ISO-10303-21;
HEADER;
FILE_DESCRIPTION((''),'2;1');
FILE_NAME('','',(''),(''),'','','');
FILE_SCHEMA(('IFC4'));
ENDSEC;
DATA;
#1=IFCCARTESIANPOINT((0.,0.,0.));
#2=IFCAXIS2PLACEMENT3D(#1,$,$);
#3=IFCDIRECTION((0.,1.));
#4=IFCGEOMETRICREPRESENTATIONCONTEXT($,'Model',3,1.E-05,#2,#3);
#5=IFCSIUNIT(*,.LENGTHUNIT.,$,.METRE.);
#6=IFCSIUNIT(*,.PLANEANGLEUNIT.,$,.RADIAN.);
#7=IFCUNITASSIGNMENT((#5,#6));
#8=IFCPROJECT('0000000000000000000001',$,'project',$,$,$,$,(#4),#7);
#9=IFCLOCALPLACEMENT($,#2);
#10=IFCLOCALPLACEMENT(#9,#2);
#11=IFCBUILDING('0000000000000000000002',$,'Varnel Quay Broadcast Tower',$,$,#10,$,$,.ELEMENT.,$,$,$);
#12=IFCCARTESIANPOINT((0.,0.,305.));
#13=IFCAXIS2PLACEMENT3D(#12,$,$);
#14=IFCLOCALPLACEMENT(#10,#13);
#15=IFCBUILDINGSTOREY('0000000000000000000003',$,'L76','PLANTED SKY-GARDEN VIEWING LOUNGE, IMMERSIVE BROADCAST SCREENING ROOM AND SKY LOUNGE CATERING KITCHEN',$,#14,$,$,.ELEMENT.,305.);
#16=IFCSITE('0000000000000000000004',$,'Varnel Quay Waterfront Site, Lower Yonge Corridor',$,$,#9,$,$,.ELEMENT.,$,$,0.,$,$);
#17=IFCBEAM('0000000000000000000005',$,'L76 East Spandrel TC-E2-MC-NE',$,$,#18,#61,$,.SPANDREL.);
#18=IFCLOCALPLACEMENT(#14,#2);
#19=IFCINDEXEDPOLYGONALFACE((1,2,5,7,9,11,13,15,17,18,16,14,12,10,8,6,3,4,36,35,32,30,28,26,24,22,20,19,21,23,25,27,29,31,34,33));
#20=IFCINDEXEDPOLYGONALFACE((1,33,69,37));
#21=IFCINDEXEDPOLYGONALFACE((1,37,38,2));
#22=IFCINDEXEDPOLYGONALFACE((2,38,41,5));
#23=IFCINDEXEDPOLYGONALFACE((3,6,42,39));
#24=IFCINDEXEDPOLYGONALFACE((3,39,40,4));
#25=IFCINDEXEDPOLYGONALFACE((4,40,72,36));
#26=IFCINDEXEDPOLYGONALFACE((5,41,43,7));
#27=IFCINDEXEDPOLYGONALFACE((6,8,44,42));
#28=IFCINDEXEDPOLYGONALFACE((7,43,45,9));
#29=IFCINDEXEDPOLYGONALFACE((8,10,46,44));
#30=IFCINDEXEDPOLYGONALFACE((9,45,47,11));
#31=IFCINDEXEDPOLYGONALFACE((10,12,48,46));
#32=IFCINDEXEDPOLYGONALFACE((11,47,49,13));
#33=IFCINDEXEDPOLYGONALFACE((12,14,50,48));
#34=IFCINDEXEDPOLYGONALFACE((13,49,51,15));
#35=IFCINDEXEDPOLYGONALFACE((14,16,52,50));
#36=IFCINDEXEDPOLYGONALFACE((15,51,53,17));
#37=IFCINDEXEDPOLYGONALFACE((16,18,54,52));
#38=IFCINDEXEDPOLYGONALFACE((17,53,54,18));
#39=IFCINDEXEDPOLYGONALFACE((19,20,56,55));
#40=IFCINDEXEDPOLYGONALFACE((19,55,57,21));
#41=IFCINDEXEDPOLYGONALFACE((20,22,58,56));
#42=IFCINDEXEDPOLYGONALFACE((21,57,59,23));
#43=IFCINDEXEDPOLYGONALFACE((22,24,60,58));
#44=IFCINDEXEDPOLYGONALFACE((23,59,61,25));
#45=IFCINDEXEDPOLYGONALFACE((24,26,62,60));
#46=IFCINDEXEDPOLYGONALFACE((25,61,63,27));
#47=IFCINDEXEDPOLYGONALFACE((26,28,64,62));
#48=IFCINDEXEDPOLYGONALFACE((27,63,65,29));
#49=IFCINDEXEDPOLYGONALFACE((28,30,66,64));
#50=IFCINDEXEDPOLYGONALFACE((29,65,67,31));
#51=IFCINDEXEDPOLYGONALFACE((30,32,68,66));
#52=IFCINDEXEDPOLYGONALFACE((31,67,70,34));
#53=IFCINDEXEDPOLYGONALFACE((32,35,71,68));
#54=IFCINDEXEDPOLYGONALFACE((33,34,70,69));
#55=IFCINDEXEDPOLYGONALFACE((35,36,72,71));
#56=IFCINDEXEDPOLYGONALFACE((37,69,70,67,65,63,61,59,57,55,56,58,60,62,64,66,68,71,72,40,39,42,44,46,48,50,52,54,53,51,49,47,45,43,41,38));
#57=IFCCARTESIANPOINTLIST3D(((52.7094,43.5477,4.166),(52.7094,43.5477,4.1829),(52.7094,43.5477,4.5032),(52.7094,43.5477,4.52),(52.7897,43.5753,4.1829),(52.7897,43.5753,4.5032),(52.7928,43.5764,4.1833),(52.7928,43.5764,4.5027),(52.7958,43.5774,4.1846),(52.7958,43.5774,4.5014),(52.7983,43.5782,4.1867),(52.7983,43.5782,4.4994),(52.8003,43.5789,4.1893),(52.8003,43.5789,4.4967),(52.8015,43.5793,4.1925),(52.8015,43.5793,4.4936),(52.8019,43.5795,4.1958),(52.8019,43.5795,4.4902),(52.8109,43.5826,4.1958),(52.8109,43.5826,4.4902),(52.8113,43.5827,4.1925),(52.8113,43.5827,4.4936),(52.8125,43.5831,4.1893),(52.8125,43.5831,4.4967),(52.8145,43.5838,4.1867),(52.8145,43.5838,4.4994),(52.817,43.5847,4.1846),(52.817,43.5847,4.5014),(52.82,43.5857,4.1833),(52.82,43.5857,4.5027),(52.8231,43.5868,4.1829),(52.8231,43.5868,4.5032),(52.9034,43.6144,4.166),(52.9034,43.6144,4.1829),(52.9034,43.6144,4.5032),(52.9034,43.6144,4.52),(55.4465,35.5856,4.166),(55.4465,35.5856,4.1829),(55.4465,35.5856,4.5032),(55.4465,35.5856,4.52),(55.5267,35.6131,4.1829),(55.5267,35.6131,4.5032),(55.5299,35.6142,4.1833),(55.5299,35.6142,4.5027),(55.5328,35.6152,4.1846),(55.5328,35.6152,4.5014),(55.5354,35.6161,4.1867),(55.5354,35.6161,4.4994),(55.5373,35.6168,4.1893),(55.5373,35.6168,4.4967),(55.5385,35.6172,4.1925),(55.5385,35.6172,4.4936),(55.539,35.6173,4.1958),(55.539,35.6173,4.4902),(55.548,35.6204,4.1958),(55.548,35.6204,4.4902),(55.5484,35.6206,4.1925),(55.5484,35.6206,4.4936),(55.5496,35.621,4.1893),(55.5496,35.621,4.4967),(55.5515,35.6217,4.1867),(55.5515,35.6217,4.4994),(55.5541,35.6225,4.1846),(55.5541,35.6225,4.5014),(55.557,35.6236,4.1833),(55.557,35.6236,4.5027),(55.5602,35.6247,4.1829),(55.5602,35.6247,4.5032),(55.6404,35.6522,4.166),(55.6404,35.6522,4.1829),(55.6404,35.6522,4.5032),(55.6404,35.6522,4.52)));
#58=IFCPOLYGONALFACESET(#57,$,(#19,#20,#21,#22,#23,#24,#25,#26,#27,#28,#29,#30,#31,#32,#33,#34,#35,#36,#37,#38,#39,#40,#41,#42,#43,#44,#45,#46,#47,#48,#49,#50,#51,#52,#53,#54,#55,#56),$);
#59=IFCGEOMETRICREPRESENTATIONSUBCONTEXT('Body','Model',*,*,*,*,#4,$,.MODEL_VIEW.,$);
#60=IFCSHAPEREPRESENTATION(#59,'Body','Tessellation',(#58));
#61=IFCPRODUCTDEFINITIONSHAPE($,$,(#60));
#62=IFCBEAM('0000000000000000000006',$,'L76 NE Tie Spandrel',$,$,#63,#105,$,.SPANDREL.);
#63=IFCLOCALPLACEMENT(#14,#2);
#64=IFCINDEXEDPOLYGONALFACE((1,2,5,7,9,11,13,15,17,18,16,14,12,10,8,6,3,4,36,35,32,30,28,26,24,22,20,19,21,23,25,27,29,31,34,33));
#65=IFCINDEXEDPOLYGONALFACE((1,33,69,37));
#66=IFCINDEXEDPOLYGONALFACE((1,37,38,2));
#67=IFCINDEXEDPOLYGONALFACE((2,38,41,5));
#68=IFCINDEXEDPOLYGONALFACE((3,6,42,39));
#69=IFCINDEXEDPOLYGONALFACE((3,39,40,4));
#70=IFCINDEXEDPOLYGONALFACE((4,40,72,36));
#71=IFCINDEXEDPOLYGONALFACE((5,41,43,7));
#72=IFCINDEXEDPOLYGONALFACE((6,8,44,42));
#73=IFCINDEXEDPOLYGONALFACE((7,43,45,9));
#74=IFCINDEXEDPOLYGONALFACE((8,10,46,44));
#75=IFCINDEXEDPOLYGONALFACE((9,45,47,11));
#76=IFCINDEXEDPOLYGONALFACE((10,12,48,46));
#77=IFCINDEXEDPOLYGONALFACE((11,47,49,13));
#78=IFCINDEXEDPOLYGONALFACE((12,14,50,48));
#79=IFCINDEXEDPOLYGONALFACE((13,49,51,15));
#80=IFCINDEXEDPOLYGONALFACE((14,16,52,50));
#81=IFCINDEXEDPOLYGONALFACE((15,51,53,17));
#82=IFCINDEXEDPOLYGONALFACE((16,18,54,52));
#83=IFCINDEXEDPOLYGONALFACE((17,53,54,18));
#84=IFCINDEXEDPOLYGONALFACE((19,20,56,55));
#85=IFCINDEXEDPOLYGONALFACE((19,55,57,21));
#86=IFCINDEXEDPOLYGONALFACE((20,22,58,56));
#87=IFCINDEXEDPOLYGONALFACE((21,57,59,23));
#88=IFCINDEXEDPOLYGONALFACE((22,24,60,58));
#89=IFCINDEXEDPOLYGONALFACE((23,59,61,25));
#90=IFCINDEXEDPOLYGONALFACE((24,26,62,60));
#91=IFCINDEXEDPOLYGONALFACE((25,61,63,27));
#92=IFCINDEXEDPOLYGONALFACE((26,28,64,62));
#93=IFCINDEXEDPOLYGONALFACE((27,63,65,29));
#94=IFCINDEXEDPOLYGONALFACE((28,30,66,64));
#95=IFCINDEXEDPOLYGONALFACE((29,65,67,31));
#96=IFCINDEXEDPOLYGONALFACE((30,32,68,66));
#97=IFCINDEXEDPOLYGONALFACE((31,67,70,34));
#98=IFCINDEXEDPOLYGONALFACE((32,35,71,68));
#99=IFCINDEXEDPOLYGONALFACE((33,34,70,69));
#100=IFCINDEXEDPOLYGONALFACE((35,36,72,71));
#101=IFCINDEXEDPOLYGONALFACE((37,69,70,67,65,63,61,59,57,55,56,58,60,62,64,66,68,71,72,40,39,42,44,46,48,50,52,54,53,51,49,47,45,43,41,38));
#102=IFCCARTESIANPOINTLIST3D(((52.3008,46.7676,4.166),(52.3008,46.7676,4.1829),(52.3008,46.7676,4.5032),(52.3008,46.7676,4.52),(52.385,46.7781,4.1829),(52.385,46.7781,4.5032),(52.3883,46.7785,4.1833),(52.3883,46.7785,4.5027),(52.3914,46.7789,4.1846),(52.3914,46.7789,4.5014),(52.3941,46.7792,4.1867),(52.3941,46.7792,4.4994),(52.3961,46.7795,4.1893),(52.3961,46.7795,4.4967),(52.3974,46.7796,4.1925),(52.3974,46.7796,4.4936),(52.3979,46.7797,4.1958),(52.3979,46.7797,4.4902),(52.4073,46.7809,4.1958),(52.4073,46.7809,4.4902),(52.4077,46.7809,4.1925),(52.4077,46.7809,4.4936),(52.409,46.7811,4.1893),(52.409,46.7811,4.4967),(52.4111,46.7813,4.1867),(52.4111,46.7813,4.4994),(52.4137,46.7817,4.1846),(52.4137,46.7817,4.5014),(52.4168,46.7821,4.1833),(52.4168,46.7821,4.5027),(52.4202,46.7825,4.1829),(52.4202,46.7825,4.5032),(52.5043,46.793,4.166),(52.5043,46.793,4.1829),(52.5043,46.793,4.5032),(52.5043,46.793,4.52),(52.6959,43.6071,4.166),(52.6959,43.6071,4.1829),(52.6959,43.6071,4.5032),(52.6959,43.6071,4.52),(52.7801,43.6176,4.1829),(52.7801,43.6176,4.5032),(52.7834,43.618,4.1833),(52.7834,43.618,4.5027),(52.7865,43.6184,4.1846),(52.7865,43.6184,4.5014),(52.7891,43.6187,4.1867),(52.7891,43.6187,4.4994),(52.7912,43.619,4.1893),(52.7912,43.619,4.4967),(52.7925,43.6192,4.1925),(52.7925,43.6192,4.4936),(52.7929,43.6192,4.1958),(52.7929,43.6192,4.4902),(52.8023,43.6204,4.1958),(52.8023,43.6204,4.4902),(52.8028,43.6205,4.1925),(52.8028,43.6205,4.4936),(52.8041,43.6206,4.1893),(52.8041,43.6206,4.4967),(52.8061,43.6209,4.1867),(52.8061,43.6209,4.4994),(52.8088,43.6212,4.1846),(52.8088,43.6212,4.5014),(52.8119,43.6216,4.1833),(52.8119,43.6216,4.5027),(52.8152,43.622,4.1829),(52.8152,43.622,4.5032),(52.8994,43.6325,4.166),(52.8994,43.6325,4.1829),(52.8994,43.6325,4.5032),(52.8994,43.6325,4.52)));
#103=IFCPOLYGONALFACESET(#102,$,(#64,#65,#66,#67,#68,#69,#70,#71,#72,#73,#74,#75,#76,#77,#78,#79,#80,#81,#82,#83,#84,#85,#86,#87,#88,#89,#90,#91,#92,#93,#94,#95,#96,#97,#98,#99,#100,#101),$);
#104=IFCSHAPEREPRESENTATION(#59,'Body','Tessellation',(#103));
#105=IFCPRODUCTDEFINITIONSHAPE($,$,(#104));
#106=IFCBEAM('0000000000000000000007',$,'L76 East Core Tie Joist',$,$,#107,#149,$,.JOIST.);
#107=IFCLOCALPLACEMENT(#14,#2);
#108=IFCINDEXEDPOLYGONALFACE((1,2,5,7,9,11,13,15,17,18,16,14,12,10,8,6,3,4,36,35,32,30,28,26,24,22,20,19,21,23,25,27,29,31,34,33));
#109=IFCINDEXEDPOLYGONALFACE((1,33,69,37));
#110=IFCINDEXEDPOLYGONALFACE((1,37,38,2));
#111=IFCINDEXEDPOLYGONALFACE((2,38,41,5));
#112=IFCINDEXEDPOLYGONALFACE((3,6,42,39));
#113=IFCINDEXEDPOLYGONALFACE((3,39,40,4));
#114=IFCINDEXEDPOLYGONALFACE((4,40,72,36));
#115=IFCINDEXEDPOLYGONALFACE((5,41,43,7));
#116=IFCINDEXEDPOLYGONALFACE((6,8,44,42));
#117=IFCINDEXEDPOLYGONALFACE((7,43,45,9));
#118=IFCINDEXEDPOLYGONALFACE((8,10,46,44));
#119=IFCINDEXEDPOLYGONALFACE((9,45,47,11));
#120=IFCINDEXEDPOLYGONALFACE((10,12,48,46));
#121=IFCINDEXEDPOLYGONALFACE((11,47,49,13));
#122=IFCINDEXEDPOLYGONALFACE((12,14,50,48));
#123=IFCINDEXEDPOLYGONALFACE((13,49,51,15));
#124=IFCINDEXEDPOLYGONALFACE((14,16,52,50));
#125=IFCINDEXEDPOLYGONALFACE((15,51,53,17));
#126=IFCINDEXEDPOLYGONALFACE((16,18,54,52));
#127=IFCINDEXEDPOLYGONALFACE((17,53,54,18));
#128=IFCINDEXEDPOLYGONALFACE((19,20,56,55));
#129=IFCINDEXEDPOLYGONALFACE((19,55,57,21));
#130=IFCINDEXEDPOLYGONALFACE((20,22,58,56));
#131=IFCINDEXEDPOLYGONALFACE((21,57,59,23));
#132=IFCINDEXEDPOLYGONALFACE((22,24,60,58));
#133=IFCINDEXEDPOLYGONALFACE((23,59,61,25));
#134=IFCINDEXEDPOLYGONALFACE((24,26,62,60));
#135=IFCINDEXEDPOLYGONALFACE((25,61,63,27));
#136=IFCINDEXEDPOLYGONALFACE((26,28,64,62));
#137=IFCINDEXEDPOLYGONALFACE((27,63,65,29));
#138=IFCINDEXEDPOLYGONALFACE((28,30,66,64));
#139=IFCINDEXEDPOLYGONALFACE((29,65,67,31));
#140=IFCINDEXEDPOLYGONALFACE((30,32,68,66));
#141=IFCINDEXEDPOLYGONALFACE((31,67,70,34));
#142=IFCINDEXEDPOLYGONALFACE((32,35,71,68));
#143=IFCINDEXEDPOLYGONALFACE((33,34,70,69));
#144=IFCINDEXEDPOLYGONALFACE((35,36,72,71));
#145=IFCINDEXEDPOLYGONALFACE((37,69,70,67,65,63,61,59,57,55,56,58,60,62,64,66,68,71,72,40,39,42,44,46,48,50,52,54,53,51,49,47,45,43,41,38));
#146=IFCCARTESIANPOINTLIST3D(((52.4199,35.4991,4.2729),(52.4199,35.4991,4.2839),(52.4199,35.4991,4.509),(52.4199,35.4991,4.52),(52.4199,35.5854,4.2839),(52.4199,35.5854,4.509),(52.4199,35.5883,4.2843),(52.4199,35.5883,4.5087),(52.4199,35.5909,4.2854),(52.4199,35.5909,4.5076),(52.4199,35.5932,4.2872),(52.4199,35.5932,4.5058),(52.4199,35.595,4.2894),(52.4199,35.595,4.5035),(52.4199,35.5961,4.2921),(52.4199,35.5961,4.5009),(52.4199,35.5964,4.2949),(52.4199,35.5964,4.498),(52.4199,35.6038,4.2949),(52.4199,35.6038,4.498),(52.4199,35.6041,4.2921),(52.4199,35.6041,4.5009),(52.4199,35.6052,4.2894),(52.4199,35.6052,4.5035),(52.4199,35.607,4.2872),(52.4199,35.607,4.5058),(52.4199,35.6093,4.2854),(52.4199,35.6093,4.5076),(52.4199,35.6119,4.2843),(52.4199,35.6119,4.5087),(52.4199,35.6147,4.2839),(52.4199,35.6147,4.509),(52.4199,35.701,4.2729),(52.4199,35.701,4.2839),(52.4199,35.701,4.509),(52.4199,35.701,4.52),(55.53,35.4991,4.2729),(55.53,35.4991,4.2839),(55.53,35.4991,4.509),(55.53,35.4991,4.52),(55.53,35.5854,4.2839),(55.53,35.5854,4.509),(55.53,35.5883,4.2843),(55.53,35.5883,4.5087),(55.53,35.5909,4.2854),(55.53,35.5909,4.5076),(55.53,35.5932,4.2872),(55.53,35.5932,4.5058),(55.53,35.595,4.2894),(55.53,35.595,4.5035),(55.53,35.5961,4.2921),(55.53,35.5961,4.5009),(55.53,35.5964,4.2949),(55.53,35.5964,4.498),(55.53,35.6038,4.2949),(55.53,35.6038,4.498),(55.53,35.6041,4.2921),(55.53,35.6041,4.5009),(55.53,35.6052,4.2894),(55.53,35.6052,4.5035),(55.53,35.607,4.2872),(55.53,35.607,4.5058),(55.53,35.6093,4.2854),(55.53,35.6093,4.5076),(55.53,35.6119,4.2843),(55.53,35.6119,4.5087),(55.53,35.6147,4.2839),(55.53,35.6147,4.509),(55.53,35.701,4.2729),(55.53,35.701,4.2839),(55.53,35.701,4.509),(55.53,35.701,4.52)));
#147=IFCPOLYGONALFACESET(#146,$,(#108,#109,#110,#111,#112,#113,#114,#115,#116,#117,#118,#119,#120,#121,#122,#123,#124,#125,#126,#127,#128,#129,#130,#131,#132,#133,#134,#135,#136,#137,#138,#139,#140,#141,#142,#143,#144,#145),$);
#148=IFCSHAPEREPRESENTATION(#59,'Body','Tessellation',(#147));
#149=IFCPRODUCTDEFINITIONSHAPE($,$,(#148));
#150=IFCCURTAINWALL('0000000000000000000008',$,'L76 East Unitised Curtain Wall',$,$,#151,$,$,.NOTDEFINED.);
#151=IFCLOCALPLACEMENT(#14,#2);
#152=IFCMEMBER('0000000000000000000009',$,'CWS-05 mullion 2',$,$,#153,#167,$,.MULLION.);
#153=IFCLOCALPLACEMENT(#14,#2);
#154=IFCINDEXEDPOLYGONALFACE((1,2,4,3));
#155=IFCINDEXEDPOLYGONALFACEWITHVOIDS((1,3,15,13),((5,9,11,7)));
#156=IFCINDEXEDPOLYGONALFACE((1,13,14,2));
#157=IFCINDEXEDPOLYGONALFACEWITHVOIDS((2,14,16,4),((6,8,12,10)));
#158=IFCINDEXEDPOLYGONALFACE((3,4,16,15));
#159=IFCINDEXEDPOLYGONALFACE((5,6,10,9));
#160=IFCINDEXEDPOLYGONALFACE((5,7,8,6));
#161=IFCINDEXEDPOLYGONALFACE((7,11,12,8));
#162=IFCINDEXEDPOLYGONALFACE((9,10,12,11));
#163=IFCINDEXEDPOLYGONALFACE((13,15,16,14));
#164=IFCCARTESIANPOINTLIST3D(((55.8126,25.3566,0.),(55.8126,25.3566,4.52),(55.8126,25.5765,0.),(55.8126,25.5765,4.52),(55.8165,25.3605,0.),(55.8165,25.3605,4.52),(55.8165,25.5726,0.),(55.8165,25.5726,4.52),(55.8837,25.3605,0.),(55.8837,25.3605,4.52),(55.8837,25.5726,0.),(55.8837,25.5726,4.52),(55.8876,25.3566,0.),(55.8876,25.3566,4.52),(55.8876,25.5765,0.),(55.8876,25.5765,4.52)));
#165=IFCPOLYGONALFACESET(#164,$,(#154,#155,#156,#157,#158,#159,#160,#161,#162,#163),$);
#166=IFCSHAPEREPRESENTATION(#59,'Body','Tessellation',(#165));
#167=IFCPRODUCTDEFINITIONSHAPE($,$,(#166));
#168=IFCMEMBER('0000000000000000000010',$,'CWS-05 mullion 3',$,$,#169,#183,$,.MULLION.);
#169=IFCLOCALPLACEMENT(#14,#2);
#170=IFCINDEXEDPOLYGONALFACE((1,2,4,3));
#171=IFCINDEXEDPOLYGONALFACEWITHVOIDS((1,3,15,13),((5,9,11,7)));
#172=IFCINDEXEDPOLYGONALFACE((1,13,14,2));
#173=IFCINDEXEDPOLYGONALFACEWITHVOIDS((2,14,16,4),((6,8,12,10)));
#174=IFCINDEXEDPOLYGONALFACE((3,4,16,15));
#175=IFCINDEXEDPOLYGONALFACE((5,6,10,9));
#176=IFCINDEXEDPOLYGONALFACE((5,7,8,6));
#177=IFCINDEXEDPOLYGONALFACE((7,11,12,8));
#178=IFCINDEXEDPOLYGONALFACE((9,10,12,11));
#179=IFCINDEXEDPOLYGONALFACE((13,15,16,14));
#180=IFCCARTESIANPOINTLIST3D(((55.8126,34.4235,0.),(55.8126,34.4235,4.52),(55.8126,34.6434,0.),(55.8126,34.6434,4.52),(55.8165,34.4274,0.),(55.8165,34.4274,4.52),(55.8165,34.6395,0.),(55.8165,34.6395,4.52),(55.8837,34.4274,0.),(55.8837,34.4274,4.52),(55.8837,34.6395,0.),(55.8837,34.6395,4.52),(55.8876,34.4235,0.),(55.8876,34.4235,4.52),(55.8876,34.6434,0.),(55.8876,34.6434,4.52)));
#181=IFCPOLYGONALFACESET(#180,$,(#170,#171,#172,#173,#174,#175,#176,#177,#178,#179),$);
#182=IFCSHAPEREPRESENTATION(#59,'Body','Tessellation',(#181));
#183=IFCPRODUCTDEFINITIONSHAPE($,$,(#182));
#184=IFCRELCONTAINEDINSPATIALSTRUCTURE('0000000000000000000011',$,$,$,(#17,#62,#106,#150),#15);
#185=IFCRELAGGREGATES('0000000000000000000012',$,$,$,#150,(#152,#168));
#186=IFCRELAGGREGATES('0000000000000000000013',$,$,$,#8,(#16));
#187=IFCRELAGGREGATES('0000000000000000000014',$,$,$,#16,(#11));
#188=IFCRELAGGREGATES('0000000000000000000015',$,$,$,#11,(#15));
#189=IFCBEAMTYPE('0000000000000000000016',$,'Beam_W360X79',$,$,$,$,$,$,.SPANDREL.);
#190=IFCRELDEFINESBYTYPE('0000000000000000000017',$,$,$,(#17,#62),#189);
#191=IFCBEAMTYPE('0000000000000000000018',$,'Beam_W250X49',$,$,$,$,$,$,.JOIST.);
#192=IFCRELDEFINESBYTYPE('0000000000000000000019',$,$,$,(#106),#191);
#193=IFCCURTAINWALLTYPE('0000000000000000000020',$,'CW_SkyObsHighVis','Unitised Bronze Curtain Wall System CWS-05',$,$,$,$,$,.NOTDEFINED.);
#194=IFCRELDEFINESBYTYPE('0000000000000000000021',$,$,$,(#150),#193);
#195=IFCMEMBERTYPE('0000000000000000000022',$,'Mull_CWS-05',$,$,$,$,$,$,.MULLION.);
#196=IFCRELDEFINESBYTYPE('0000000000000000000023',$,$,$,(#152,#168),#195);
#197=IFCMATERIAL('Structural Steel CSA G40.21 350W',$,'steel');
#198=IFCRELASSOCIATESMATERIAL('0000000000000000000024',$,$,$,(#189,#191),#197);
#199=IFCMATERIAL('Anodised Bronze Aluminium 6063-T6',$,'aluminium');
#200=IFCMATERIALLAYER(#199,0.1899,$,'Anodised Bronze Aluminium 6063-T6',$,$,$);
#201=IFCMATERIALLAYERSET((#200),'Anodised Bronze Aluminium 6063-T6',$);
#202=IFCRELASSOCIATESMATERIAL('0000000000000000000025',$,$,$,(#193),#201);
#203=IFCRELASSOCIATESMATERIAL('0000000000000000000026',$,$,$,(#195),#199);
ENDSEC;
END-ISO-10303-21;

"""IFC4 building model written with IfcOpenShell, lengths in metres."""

from ifc_helpers import new_model, si_unit, direction, frame, origin, origin_2d, place, context, subcontext, project, spatial, hollow_rectangle, i_section, extrude, source, transform, mapped, material, layer, layer_set, material_profile, profile_set, type_object, type_shapes, element, aggregate, save


model = new_model("IFC4")

# Units and contexts
model_context = context("Model", 3, precision=1e-05, world=origin(), true_north=direction((0.0, 1.0)))
body_context = subcontext(model_context, "Body", "Model", "MODEL_VIEW")
ifc_project = project(units=[si_unit("LENGTHUNIT", "METRE"), si_unit("PLANEANGLEUNIT", "RADIAN")], contexts=[model_context])

# Site, building, storey
site_placement = place(None, origin())
site = spatial("IfcSite", under=ifc_project, at=site_placement, Name="Varnel Quay Waterfront Site, Lower Yonge Corridor", CompositionType="ELEMENT", RefElevation=0.0)
building_placement = place(site_placement, origin())
building = spatial("IfcBuilding", under=site, at=building_placement, Name="Varnel Quay Broadcast Tower", CompositionType="ELEMENT")
storey_placement = place(building_placement, frame((0.0, 0.0, 305.0)))
storey = spatial("IfcBuildingStorey", under=building, at=storey_placement, Name="L76", Description="PLANTED SKY-GARDEN VIEWING LOUNGE, IMMERSIVE BROADCAST SCREENING ROOM AND SKY LOUNGE CATERING KITCHEN", CompositionType="ELEMENT", Elevation=305.0)

# Shared definitions
ifc_material_1 = material(Name="Structural Steel CSA G40.21 350W", Category="steel")

# Beams
ifc_material_profile_1 = material_profile(ifc_material_1, i_section(OverallWidth=0.2051, OverallDepth=0.354, WebThickness=0.0095, FlangeThickness=0.0168, FilletRadius=0.0129, at=origin_2d()), Name="W360X79")
ifc_profile_set_1 = profile_set([ifc_material_profile_1], Name="Structural Steel CSA G40.21 350W")
beam_type_1 = type_object("IfcBeamType", Name="Beam_W360X79", PredefinedType="SPANDREL", material=ifc_profile_set_1)
shared_shape_1 = source(origin(), body_context, "Body", "SweptSolid", [
    extrude(i_section(OverallWidth=0.2051, OverallDepth=0.354, WebThickness=0.0095, FlangeThickness=0.0168, FilletRadius=0.0129, at=origin_2d()), origin(), (0.0, 0.0, 1.0), 8.4194),
])
beam_1_placement = place(storey_placement, frame((55.5435, 35.6189, 4.343), z_axis=(-0.325087, 0.945684, 0.0), x_axis=(-0.945684, -0.325087, 0.0)))
element("IfcBeam", 1, at=beam_1_placement, inside=storey, type_object=beam_type_1, Name="L76 East Spandrel TC-E2-MC-NE", PredefinedType="SPANDREL", context=body_context, shape_type="MappedRepresentation", body=[
    mapped(shared_shape_1, transform((0.0, 0.0, 0.0), x_axis=(1.0, 0.0, 0.0), y_axis=(0.0, 1.0, 0.0), z_axis=(0.0, 0.0, 1.0), scale=1.0)),
])
shared_shape_2 = source(origin(), body_context, "Body", "SweptSolid", [
    extrude(i_section(OverallWidth=0.2051, OverallDepth=0.354, WebThickness=0.0095, FlangeThickness=0.0168, FilletRadius=0.0129, at=origin_2d()), origin(), (0.0, 0.0, 1.0), 3.1851),
])
type_shapes(beam_type_1, [shared_shape_1, shared_shape_2])
beam_2_placement = place(storey_placement, frame((52.4026, 46.7803, 4.343), z_axis=(0.124025, -0.992279, 0.0), x_axis=(0.992279, 0.124025, 0.0)))
element("IfcBeam", 2, at=beam_2_placement, inside=storey, type_object=beam_type_1, Name="L76 NE Tie Spandrel", PredefinedType="SPANDREL", context=body_context, shape_type="MappedRepresentation", body=[
    mapped(shared_shape_2, transform((0.0, 0.0, 0.0), x_axis=(1.0, 0.0, 0.0), y_axis=(0.0, 1.0, 0.0), z_axis=(0.0, 0.0, 1.0), scale=1.0)),
])
ifc_material_profile_2 = material_profile(ifc_material_1, i_section(OverallWidth=0.2019, OverallDepth=0.2471, WebThickness=0.0073, FlangeThickness=0.011, FilletRadius=0.011, at=origin_2d()), Name="W250X49")
ifc_profile_set_2 = profile_set([ifc_material_profile_2], Name="Structural Steel CSA G40.21 350W")
beam_type_2 = type_object("IfcBeamType", Name="Beam_W250X49", PredefinedType="JOIST", material=ifc_profile_set_2)
shared_shape_3 = source(origin(), body_context, "Body", "SweptSolid", [
    extrude(i_section(OverallWidth=0.2019, OverallDepth=0.2471, WebThickness=0.0073, FlangeThickness=0.011, FilletRadius=0.011, at=origin_2d()), origin(), (0.0, 0.0, 1.0), 3.1101),
])
type_shapes(beam_type_2, [shared_shape_3])
beam_3_placement = place(storey_placement, frame((52.4199, 35.6001, 4.3965), z_axis=(1.0, 0.0, 0.0), x_axis=(0.0, 1.0, 0.0)))
element("IfcBeam", 3, at=beam_3_placement, inside=storey, type_object=beam_type_2, Name="L76 East Core Tie Joist", PredefinedType="JOIST", context=body_context, shape_type="MappedRepresentation", body=[
    mapped(shared_shape_3, transform((0.0, 0.0, 0.0), x_axis=(1.0, 0.0, 0.0), y_axis=(0.0, 1.0, 0.0), z_axis=(0.0, 0.0, 1.0), scale=1.0)),
])

# Curtain wall, members
ifc_material_2 = material(Name="Anodised Bronze Aluminium 6063-T6", Category="aluminium")
ifc_layer_1 = layer(ifc_material_2, 0.1899, Name="Anodised Bronze Aluminium 6063-T6")
ifc_layer_set_1 = layer_set([ifc_layer_1], Name="Anodised Bronze Aluminium 6063-T6")
curtain_wall_type = type_object("IfcCurtainWallType", Name="CW_SkyObsHighVis", Description="Unitised Bronze Curtain Wall System CWS-05", PredefinedType="NOTDEFINED", material=ifc_layer_set_1)
curtain_wall_placement = place(storey_placement, origin())
curtain_wall = element("IfcCurtainWall", 4, at=curtain_wall_placement, inside=storey, type_object=curtain_wall_type, Name="L76 East Unitised Curtain Wall", PredefinedType="NOTDEFINED")
ifc_material_profile_3 = material_profile(ifc_material_2, hollow_rectangle(XDim=0.075, YDim=0.22, WallThickness=0.0039, at=origin_2d()), Name="ALU75X220X4")
ifc_profile_set_3 = profile_set([ifc_material_profile_3], Name="Anodised Bronze Aluminium 6063-T6")
member_type_1 = type_object("IfcMemberType", Name="Mull_CWS-05", PredefinedType="MULLION", material=ifc_profile_set_3)
shared_shape_4 = source(origin(), body_context, "Body", "SweptSolid", [
    extrude(hollow_rectangle(XDim=0.075, YDim=0.22, WallThickness=0.0039, at=origin_2d()), origin(), (0.0, 0.0, 1.0), 4.52),
])
type_shapes(member_type_1, [shared_shape_4])
member_1_placement = place(storey_placement, frame((55.8501, 25.4666, 0.0), z_axis=(0.0, 0.0, 1.0), x_axis=(-1.0, 0.0, 0.0)))
member_1 = element("IfcMember", 5, at=member_1_placement, type_object=member_type_1, Name="CWS-05 mullion 2", PredefinedType="MULLION", context=body_context, shape_type="MappedRepresentation", body=[
    mapped(shared_shape_4, transform((0.0, 0.0, 0.0), x_axis=(1.0, 0.0, 0.0), y_axis=(0.0, 1.0, 0.0), z_axis=(0.0, 0.0, 1.0), scale=1.0)),
])
member_2_placement = place(storey_placement, frame((55.8501, 34.5334, 0.0), z_axis=(0.0, 0.0, 1.0), x_axis=(-1.0, 0.0, 0.0)))
member_2 = element("IfcMember", 6, at=member_2_placement, type_object=member_type_1, Name="CWS-05 mullion 3", PredefinedType="MULLION", context=body_context, shape_type="MappedRepresentation", body=[
    mapped(shared_shape_4, transform((0.0, 0.0, 0.0), x_axis=(1.0, 0.0, 0.0), y_axis=(0.0, 1.0, 0.0), z_axis=(0.0, 0.0, 1.0), scale=1.0)),
])
aggregate(curtain_wall, [member_1, member_2])

save(model, "model.ifc")
